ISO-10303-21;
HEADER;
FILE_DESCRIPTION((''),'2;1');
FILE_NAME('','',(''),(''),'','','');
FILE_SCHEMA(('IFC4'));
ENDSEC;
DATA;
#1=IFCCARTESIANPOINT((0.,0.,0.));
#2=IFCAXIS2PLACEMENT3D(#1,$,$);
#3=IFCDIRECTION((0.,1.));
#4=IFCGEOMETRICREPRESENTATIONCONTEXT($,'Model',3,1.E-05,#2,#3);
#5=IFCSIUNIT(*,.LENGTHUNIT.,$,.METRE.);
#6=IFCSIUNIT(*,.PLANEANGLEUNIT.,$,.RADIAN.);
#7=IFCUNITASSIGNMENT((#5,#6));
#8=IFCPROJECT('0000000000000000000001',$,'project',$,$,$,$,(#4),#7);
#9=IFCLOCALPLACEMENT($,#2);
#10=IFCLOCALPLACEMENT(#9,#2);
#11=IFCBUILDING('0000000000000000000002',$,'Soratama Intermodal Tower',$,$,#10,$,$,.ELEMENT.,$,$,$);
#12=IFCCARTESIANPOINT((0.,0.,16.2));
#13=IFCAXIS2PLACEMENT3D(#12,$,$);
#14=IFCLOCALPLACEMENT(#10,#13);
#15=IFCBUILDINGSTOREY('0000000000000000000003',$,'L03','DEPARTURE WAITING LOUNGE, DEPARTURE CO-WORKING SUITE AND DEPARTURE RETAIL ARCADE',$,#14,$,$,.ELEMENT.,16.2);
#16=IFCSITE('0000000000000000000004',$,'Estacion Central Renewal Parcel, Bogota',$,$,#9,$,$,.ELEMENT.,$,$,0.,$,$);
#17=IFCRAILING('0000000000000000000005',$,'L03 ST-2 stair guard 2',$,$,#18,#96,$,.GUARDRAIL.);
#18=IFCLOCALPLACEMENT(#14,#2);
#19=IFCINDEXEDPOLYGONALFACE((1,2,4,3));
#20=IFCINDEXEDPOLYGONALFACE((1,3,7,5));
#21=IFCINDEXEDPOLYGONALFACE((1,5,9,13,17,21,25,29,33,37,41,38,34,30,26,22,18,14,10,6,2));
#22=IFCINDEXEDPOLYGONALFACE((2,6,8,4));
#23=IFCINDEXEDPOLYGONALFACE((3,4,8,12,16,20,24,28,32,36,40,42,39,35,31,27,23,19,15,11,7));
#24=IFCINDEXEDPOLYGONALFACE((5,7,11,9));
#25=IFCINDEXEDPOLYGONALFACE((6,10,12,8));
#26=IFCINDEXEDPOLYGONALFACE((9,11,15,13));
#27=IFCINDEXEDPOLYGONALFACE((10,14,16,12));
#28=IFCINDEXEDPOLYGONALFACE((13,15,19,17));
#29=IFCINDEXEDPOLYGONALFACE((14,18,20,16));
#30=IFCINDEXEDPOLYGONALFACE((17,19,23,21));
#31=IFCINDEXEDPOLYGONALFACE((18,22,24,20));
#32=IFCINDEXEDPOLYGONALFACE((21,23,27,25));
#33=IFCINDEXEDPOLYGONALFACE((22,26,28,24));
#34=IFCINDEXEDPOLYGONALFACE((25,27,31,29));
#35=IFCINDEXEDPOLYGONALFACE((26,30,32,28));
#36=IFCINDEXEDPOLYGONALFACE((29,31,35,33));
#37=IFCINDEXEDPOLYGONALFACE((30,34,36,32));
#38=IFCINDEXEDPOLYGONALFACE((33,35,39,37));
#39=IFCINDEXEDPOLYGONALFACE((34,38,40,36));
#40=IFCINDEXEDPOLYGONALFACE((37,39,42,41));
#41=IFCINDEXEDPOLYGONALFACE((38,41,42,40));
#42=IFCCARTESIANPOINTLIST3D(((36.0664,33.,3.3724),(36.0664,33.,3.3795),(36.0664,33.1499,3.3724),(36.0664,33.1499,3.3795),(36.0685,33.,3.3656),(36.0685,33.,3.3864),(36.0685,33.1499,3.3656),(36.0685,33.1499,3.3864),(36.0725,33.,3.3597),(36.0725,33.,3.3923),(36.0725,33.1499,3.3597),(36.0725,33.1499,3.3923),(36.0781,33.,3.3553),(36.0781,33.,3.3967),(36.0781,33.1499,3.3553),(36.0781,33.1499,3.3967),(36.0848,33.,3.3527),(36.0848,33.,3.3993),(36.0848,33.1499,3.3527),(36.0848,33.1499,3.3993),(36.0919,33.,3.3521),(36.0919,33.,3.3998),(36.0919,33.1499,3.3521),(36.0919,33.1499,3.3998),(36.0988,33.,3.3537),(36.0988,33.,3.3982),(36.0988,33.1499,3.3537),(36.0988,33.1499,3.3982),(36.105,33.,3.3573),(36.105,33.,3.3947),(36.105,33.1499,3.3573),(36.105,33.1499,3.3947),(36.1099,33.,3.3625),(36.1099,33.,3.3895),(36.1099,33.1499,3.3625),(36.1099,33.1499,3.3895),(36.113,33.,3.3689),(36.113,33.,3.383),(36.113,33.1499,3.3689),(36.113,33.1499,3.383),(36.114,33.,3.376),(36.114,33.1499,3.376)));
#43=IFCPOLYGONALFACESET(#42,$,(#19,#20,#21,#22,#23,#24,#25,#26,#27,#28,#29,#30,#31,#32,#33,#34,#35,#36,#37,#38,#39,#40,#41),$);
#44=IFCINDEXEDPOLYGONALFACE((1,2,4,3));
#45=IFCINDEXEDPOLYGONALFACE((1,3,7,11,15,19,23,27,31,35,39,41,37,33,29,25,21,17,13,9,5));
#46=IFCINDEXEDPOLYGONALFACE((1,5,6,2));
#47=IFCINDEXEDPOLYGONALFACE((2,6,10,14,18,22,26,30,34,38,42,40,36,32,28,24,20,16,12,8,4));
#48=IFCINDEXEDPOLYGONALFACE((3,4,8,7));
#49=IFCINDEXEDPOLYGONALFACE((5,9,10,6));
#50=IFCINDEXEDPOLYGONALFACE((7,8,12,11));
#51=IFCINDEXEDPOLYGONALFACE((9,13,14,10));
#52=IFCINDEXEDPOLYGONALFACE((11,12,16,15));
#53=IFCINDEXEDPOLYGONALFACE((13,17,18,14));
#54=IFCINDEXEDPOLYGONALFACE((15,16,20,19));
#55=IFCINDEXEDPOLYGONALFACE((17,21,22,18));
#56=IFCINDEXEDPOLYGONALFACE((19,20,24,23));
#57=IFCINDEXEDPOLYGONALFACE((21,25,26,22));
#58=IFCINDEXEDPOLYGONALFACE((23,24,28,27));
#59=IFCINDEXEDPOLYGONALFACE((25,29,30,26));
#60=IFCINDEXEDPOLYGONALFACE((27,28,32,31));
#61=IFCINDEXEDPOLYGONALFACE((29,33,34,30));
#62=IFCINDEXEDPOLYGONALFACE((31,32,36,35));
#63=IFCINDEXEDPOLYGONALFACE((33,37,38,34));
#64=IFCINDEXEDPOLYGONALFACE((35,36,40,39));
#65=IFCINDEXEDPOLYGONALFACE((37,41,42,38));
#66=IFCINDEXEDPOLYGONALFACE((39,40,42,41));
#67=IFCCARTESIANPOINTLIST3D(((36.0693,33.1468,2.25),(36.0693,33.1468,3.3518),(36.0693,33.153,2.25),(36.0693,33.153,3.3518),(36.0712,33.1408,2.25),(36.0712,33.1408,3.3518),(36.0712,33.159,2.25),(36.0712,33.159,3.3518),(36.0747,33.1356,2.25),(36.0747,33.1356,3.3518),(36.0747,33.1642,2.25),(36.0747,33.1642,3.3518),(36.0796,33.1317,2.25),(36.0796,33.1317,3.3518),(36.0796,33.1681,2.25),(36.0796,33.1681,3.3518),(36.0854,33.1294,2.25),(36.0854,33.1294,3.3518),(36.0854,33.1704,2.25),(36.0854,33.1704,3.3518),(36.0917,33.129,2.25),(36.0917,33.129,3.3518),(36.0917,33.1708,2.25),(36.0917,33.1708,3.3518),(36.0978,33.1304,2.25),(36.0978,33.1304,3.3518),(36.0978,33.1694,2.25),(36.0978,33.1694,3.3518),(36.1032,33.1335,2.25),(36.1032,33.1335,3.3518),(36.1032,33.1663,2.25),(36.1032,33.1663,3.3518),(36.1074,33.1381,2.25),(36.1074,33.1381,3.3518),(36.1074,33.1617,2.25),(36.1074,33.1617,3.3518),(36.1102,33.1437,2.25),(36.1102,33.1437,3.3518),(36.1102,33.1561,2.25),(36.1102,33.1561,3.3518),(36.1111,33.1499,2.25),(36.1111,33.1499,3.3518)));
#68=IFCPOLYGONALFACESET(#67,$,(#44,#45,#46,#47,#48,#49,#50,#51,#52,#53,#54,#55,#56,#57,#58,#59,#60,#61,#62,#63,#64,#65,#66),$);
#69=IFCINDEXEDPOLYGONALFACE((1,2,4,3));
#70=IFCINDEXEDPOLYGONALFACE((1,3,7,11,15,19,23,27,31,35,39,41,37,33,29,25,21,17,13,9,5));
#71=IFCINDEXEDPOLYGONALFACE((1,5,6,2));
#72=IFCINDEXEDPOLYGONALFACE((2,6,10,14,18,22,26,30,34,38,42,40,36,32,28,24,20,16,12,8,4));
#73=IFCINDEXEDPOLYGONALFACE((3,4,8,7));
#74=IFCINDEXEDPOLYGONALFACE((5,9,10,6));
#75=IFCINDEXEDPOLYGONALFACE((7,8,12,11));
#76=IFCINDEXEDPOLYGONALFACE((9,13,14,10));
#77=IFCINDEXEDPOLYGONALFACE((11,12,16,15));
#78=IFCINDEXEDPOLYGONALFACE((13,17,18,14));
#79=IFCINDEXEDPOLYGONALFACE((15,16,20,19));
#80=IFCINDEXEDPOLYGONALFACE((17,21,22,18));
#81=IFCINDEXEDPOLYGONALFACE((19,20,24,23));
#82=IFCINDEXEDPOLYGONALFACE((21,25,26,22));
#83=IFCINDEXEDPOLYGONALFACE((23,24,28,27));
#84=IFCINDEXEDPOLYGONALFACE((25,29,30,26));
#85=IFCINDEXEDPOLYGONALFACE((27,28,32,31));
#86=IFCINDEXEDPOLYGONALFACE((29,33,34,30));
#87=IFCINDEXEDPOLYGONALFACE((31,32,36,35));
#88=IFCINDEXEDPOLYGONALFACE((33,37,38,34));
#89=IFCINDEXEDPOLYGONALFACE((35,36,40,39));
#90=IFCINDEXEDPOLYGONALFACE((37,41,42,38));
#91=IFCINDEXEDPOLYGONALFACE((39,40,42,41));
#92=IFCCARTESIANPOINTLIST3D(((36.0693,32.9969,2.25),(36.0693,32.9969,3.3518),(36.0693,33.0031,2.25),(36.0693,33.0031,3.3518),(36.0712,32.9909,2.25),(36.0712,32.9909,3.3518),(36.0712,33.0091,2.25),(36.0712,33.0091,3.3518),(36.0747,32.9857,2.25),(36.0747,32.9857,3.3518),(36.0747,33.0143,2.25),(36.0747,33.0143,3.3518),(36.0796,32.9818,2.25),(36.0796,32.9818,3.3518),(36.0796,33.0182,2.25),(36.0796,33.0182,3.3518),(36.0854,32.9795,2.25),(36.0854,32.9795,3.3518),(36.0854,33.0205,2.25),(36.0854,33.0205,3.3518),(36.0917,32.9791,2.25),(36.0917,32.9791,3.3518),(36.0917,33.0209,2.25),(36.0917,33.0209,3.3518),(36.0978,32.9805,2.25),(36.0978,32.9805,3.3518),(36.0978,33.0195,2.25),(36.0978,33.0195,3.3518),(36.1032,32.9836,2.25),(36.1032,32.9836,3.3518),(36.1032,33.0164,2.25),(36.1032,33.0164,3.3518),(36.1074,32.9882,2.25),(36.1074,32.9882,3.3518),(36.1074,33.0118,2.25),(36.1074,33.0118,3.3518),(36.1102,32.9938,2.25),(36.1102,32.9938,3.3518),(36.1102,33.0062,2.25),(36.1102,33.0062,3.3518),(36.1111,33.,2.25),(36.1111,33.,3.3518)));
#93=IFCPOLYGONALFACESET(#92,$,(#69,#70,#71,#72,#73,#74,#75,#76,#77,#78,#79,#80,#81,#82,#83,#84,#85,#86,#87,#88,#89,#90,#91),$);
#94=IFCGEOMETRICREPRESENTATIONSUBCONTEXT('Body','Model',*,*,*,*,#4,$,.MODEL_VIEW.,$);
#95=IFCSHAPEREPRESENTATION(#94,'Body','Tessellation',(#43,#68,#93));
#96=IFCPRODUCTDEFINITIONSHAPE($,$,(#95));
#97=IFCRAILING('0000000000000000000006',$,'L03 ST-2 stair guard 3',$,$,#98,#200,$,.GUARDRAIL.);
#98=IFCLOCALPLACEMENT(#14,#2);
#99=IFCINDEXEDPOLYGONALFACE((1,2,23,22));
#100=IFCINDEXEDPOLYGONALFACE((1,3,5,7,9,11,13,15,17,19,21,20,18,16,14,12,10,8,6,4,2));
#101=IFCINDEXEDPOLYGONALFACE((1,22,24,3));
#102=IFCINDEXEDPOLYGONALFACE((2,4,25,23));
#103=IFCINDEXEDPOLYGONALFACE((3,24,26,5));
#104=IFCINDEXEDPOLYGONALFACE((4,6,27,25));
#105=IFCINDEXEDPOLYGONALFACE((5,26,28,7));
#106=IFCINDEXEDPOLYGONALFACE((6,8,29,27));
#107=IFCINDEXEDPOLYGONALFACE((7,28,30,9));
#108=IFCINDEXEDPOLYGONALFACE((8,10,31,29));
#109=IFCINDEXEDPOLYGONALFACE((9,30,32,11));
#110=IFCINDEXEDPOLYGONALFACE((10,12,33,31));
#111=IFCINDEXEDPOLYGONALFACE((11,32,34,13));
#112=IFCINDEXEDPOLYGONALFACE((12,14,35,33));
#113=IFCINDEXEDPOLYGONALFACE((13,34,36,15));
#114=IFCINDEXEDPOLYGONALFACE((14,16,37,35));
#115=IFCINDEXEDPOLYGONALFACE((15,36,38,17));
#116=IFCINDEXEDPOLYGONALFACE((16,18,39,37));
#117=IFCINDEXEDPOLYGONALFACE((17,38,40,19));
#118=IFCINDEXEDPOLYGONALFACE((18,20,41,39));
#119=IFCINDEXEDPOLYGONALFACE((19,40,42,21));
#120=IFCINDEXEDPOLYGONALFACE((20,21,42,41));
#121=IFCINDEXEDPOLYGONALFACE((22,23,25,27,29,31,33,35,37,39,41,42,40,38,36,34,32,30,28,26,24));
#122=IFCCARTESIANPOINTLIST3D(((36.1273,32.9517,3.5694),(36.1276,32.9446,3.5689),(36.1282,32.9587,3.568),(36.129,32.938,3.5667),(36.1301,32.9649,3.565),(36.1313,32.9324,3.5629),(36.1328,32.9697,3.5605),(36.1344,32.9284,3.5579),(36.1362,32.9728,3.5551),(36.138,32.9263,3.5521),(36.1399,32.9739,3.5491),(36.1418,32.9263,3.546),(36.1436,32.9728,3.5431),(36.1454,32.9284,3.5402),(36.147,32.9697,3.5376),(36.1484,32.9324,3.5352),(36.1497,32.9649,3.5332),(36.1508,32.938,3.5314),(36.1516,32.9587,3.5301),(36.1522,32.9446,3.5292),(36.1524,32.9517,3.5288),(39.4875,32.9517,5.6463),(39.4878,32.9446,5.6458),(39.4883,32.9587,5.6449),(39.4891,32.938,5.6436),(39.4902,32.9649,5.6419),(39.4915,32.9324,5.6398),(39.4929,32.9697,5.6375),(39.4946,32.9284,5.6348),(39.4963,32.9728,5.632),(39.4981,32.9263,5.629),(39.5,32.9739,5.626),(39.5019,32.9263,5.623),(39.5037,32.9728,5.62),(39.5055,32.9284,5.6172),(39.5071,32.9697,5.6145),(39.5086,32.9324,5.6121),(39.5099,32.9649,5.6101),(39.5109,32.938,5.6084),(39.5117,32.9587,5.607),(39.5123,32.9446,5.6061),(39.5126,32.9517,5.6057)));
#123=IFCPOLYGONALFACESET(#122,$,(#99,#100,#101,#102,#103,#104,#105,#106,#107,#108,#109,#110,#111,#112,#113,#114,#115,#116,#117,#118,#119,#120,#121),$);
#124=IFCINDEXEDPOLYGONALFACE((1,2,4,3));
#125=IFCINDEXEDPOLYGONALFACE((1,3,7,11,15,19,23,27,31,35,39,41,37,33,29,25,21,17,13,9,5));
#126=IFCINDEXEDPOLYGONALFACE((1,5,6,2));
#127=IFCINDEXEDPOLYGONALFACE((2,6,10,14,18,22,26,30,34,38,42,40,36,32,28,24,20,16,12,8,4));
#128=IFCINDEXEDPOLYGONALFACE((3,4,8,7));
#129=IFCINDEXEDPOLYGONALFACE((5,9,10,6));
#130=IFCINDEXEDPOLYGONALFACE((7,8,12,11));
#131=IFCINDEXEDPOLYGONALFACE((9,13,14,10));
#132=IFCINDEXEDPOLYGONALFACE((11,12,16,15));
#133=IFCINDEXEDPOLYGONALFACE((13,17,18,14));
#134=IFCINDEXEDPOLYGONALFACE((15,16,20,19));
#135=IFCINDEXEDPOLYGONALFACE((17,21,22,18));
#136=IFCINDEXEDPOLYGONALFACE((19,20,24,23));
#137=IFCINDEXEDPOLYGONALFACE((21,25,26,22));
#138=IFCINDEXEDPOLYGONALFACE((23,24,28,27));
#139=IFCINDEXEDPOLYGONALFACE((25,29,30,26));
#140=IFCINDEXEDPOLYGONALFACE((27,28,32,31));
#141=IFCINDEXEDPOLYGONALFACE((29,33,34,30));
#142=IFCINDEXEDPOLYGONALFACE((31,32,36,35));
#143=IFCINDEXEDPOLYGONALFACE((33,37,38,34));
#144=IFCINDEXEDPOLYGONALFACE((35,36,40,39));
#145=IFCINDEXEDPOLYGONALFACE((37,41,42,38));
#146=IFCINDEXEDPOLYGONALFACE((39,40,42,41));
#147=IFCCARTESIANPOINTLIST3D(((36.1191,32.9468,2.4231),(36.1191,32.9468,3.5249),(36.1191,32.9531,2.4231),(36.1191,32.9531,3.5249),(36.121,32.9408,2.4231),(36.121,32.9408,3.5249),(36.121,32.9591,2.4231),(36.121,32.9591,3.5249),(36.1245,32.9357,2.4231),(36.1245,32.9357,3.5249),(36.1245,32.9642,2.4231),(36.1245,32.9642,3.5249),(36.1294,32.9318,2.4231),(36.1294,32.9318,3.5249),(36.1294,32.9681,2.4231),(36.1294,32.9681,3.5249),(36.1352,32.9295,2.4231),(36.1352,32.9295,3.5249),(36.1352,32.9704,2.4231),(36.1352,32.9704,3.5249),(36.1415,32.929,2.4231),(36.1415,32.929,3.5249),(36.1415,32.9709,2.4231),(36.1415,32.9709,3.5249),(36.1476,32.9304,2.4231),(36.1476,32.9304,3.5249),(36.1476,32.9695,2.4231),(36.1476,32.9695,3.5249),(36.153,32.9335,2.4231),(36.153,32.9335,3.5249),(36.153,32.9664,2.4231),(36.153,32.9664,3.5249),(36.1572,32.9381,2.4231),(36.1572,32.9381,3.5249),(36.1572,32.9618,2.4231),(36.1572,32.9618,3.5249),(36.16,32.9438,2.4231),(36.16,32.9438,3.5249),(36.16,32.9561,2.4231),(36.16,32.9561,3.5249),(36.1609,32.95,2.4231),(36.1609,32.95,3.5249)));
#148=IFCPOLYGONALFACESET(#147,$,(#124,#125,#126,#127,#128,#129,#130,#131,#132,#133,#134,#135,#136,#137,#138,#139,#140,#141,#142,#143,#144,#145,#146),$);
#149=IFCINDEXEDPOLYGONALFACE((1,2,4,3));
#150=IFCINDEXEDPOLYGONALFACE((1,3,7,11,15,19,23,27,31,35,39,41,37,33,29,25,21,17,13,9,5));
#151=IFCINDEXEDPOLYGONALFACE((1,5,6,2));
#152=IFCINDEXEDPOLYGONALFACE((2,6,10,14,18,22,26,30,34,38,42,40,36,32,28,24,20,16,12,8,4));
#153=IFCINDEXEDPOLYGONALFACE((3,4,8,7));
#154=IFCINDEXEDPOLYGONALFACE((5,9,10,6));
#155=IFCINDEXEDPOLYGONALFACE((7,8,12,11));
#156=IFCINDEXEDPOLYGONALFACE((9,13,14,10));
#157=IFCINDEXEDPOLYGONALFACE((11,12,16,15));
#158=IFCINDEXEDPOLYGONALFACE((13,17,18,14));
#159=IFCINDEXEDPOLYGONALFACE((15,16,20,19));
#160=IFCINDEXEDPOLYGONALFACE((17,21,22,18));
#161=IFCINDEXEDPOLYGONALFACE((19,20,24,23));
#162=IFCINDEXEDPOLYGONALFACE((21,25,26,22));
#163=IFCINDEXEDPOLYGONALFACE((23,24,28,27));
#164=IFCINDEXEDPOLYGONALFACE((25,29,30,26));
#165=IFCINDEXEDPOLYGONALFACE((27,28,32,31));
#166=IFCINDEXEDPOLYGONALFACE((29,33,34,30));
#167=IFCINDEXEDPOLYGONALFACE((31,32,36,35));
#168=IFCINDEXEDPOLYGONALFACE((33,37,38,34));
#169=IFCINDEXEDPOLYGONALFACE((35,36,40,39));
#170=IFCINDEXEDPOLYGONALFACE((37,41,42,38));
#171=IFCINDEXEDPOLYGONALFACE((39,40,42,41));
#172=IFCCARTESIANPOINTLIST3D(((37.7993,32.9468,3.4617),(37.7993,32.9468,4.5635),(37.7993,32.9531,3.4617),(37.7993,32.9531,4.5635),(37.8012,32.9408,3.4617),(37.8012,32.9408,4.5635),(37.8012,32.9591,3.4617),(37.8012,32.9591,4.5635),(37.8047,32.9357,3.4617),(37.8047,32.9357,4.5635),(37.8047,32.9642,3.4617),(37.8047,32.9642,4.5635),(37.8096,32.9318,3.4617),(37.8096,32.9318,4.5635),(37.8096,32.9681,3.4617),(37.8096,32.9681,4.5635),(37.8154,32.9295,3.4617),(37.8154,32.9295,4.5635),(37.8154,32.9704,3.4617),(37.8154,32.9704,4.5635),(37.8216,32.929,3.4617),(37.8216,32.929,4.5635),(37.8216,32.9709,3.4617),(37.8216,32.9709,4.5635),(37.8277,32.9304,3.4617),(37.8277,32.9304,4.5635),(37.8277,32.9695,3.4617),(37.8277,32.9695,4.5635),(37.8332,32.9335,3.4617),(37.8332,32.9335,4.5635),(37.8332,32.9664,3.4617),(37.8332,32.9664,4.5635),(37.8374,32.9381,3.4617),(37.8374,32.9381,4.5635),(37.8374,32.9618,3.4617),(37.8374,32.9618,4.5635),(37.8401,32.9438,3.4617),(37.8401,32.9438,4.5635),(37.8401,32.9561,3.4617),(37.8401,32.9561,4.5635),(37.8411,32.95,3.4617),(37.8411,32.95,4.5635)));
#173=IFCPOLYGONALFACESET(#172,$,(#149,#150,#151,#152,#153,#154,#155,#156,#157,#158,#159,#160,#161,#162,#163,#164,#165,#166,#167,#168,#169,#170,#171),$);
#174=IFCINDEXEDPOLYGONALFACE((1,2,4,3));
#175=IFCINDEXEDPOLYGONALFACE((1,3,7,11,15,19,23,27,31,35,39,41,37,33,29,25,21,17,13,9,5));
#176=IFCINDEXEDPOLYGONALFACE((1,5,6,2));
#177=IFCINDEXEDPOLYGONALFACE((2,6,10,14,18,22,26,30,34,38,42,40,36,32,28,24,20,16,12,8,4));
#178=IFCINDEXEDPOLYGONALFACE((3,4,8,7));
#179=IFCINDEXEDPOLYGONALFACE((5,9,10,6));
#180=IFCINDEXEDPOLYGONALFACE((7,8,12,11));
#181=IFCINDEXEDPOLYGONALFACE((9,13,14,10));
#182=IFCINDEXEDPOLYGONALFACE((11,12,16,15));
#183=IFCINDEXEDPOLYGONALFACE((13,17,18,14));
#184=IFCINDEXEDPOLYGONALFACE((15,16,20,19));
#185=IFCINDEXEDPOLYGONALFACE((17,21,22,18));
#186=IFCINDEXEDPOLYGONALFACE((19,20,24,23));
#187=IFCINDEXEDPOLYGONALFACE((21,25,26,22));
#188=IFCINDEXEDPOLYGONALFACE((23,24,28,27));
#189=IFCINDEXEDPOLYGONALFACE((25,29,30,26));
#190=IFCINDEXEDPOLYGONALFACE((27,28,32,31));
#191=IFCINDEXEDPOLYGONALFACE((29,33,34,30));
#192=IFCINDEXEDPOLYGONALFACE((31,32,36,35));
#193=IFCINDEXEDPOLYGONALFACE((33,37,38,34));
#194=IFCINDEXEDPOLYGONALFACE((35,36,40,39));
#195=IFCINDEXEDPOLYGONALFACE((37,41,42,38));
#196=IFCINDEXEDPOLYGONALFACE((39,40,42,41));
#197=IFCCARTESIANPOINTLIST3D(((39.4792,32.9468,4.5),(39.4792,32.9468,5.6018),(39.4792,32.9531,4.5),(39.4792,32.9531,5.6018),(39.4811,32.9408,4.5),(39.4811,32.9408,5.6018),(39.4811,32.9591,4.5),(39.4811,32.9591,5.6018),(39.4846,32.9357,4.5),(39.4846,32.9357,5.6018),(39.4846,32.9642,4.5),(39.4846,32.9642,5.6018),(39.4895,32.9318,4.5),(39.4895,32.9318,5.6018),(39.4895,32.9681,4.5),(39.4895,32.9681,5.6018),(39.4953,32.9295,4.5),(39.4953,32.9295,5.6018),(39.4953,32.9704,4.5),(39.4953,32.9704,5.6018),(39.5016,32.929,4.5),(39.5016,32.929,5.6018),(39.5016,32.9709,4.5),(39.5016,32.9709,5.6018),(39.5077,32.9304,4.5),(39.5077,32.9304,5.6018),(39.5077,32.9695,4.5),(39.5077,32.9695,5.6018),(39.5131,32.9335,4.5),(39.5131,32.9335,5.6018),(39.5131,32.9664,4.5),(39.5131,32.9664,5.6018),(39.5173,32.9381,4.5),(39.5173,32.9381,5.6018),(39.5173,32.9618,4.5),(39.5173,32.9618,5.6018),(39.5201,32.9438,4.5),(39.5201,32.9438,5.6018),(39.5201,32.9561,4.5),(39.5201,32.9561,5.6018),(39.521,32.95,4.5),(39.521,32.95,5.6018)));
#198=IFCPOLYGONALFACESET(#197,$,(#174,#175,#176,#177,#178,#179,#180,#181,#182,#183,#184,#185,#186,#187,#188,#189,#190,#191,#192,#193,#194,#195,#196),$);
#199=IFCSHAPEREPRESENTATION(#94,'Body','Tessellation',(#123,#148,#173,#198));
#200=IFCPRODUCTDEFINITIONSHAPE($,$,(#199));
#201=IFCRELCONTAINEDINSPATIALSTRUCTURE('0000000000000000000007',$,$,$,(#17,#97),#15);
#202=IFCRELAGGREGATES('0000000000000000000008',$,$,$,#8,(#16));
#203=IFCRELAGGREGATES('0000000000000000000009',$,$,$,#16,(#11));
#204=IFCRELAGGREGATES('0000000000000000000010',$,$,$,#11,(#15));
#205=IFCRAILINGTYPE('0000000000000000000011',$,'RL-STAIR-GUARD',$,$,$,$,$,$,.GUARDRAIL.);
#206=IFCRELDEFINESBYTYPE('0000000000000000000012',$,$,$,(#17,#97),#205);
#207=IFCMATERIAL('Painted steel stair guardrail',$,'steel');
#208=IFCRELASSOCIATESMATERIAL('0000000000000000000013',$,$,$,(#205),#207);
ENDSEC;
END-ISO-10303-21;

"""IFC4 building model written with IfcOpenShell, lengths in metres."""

from ifc_helpers import new_model, si_unit, direction, frame, origin, origin_2d, place, context, subcontext, project, spatial, circle, extrude, material, type_object, element, save


model = new_model("IFC4")

# Units and contexts
model_context = context("Model", 3, precision=1e-05, world=origin(), true_north=direction((0.0, 1.0)))
body_context = subcontext(model_context, "Body", "Model", "MODEL_VIEW")
ifc_project = project(units=[si_unit("LENGTHUNIT", "METRE"), si_unit("PLANEANGLEUNIT", "RADIAN")], contexts=[model_context])

# Site, building, storey
site_placement = place(None, origin())
site = spatial("IfcSite", under=ifc_project, at=site_placement, Name="Estacion Central Renewal Parcel, Bogota", CompositionType="ELEMENT", RefElevation=0.0)
building_placement = place(site_placement, origin())
building = spatial("IfcBuilding", under=site, at=building_placement, Name="Soratama Intermodal Tower", CompositionType="ELEMENT")
storey_placement = place(building_placement, frame((0.0, 0.0, 16.2)))
storey = spatial("IfcBuildingStorey", under=building, at=storey_placement, Name="L03", Description="DEPARTURE WAITING LOUNGE, DEPARTURE CO-WORKING SUITE AND DEPARTURE RETAIL ARCADE", CompositionType="ELEMENT", Elevation=16.2)

# Railings
ifc_material_1 = material(Name="Painted steel stair guardrail", Category="steel")
railing_type = type_object("IfcRailingType", Name="RL-STAIR-GUARD", PredefinedType="GUARDRAIL", material=ifc_material_1)
railing_1_placement = place(storey_placement, frame((36.0901, 33.1499, 2.25)))
element("IfcRailing", 1, at=railing_1_placement, inside=storey, type_object=railing_type, Name="L03 ST-2 stair guard 2", PredefinedType="GUARDRAIL", context=body_context, shape_type="SweptSolid", body=[
    extrude(circle(Radius=0.0239, at=origin_2d()), frame((0.0, 0.0, 1.126), z_axis=(0.0, -1.0, 0.0), x_axis=(1.0, 0.0, 0.0)), (0.0, 0.0, 1.0), 0.1499),
    extrude(circle(Radius=0.021, at=origin_2d()), origin(), (0.0, 0.0, 1.0), 1.1018),
    extrude(circle(Radius=0.021, at=origin_2d()), frame((0.0, -0.1499, 0.0)), (0.0, 0.0, 1.0), 1.1018),
])
railing_2_placement = place(storey_placement, frame((36.1399, 32.95, 2.4231)))
element("IfcRailing", 2, at=railing_2_placement, inside=storey, type_object=railing_type, Name="L03 ST-2 stair guard 3", PredefinedType="GUARDRAIL", context=body_context, shape_type="SweptSolid", body=[
    extrude(circle(Radius=0.0239, at=origin_2d()), frame((0.0, 0.0, 1.126), z_axis=(0.850623, 0.0, 0.525776), x_axis=(0.0, 1.0, 0.0)), (0.0, 0.0, 1.0), 3.9502),
    extrude(circle(Radius=0.021, at=origin_2d()), origin(), (0.0, 0.0, 1.0), 1.1018),
    extrude(circle(Radius=0.021, at=origin_2d()), frame((1.6802, 0.0, 1.0386)), (0.0, 0.0, 1.0), 1.1018),
    extrude(circle(Radius=0.021, at=origin_2d()), frame((3.3601, 0.0, 2.0769)), (0.0, 0.0, 1.0), 1.1018),
])

save(model, "model.ifc")
